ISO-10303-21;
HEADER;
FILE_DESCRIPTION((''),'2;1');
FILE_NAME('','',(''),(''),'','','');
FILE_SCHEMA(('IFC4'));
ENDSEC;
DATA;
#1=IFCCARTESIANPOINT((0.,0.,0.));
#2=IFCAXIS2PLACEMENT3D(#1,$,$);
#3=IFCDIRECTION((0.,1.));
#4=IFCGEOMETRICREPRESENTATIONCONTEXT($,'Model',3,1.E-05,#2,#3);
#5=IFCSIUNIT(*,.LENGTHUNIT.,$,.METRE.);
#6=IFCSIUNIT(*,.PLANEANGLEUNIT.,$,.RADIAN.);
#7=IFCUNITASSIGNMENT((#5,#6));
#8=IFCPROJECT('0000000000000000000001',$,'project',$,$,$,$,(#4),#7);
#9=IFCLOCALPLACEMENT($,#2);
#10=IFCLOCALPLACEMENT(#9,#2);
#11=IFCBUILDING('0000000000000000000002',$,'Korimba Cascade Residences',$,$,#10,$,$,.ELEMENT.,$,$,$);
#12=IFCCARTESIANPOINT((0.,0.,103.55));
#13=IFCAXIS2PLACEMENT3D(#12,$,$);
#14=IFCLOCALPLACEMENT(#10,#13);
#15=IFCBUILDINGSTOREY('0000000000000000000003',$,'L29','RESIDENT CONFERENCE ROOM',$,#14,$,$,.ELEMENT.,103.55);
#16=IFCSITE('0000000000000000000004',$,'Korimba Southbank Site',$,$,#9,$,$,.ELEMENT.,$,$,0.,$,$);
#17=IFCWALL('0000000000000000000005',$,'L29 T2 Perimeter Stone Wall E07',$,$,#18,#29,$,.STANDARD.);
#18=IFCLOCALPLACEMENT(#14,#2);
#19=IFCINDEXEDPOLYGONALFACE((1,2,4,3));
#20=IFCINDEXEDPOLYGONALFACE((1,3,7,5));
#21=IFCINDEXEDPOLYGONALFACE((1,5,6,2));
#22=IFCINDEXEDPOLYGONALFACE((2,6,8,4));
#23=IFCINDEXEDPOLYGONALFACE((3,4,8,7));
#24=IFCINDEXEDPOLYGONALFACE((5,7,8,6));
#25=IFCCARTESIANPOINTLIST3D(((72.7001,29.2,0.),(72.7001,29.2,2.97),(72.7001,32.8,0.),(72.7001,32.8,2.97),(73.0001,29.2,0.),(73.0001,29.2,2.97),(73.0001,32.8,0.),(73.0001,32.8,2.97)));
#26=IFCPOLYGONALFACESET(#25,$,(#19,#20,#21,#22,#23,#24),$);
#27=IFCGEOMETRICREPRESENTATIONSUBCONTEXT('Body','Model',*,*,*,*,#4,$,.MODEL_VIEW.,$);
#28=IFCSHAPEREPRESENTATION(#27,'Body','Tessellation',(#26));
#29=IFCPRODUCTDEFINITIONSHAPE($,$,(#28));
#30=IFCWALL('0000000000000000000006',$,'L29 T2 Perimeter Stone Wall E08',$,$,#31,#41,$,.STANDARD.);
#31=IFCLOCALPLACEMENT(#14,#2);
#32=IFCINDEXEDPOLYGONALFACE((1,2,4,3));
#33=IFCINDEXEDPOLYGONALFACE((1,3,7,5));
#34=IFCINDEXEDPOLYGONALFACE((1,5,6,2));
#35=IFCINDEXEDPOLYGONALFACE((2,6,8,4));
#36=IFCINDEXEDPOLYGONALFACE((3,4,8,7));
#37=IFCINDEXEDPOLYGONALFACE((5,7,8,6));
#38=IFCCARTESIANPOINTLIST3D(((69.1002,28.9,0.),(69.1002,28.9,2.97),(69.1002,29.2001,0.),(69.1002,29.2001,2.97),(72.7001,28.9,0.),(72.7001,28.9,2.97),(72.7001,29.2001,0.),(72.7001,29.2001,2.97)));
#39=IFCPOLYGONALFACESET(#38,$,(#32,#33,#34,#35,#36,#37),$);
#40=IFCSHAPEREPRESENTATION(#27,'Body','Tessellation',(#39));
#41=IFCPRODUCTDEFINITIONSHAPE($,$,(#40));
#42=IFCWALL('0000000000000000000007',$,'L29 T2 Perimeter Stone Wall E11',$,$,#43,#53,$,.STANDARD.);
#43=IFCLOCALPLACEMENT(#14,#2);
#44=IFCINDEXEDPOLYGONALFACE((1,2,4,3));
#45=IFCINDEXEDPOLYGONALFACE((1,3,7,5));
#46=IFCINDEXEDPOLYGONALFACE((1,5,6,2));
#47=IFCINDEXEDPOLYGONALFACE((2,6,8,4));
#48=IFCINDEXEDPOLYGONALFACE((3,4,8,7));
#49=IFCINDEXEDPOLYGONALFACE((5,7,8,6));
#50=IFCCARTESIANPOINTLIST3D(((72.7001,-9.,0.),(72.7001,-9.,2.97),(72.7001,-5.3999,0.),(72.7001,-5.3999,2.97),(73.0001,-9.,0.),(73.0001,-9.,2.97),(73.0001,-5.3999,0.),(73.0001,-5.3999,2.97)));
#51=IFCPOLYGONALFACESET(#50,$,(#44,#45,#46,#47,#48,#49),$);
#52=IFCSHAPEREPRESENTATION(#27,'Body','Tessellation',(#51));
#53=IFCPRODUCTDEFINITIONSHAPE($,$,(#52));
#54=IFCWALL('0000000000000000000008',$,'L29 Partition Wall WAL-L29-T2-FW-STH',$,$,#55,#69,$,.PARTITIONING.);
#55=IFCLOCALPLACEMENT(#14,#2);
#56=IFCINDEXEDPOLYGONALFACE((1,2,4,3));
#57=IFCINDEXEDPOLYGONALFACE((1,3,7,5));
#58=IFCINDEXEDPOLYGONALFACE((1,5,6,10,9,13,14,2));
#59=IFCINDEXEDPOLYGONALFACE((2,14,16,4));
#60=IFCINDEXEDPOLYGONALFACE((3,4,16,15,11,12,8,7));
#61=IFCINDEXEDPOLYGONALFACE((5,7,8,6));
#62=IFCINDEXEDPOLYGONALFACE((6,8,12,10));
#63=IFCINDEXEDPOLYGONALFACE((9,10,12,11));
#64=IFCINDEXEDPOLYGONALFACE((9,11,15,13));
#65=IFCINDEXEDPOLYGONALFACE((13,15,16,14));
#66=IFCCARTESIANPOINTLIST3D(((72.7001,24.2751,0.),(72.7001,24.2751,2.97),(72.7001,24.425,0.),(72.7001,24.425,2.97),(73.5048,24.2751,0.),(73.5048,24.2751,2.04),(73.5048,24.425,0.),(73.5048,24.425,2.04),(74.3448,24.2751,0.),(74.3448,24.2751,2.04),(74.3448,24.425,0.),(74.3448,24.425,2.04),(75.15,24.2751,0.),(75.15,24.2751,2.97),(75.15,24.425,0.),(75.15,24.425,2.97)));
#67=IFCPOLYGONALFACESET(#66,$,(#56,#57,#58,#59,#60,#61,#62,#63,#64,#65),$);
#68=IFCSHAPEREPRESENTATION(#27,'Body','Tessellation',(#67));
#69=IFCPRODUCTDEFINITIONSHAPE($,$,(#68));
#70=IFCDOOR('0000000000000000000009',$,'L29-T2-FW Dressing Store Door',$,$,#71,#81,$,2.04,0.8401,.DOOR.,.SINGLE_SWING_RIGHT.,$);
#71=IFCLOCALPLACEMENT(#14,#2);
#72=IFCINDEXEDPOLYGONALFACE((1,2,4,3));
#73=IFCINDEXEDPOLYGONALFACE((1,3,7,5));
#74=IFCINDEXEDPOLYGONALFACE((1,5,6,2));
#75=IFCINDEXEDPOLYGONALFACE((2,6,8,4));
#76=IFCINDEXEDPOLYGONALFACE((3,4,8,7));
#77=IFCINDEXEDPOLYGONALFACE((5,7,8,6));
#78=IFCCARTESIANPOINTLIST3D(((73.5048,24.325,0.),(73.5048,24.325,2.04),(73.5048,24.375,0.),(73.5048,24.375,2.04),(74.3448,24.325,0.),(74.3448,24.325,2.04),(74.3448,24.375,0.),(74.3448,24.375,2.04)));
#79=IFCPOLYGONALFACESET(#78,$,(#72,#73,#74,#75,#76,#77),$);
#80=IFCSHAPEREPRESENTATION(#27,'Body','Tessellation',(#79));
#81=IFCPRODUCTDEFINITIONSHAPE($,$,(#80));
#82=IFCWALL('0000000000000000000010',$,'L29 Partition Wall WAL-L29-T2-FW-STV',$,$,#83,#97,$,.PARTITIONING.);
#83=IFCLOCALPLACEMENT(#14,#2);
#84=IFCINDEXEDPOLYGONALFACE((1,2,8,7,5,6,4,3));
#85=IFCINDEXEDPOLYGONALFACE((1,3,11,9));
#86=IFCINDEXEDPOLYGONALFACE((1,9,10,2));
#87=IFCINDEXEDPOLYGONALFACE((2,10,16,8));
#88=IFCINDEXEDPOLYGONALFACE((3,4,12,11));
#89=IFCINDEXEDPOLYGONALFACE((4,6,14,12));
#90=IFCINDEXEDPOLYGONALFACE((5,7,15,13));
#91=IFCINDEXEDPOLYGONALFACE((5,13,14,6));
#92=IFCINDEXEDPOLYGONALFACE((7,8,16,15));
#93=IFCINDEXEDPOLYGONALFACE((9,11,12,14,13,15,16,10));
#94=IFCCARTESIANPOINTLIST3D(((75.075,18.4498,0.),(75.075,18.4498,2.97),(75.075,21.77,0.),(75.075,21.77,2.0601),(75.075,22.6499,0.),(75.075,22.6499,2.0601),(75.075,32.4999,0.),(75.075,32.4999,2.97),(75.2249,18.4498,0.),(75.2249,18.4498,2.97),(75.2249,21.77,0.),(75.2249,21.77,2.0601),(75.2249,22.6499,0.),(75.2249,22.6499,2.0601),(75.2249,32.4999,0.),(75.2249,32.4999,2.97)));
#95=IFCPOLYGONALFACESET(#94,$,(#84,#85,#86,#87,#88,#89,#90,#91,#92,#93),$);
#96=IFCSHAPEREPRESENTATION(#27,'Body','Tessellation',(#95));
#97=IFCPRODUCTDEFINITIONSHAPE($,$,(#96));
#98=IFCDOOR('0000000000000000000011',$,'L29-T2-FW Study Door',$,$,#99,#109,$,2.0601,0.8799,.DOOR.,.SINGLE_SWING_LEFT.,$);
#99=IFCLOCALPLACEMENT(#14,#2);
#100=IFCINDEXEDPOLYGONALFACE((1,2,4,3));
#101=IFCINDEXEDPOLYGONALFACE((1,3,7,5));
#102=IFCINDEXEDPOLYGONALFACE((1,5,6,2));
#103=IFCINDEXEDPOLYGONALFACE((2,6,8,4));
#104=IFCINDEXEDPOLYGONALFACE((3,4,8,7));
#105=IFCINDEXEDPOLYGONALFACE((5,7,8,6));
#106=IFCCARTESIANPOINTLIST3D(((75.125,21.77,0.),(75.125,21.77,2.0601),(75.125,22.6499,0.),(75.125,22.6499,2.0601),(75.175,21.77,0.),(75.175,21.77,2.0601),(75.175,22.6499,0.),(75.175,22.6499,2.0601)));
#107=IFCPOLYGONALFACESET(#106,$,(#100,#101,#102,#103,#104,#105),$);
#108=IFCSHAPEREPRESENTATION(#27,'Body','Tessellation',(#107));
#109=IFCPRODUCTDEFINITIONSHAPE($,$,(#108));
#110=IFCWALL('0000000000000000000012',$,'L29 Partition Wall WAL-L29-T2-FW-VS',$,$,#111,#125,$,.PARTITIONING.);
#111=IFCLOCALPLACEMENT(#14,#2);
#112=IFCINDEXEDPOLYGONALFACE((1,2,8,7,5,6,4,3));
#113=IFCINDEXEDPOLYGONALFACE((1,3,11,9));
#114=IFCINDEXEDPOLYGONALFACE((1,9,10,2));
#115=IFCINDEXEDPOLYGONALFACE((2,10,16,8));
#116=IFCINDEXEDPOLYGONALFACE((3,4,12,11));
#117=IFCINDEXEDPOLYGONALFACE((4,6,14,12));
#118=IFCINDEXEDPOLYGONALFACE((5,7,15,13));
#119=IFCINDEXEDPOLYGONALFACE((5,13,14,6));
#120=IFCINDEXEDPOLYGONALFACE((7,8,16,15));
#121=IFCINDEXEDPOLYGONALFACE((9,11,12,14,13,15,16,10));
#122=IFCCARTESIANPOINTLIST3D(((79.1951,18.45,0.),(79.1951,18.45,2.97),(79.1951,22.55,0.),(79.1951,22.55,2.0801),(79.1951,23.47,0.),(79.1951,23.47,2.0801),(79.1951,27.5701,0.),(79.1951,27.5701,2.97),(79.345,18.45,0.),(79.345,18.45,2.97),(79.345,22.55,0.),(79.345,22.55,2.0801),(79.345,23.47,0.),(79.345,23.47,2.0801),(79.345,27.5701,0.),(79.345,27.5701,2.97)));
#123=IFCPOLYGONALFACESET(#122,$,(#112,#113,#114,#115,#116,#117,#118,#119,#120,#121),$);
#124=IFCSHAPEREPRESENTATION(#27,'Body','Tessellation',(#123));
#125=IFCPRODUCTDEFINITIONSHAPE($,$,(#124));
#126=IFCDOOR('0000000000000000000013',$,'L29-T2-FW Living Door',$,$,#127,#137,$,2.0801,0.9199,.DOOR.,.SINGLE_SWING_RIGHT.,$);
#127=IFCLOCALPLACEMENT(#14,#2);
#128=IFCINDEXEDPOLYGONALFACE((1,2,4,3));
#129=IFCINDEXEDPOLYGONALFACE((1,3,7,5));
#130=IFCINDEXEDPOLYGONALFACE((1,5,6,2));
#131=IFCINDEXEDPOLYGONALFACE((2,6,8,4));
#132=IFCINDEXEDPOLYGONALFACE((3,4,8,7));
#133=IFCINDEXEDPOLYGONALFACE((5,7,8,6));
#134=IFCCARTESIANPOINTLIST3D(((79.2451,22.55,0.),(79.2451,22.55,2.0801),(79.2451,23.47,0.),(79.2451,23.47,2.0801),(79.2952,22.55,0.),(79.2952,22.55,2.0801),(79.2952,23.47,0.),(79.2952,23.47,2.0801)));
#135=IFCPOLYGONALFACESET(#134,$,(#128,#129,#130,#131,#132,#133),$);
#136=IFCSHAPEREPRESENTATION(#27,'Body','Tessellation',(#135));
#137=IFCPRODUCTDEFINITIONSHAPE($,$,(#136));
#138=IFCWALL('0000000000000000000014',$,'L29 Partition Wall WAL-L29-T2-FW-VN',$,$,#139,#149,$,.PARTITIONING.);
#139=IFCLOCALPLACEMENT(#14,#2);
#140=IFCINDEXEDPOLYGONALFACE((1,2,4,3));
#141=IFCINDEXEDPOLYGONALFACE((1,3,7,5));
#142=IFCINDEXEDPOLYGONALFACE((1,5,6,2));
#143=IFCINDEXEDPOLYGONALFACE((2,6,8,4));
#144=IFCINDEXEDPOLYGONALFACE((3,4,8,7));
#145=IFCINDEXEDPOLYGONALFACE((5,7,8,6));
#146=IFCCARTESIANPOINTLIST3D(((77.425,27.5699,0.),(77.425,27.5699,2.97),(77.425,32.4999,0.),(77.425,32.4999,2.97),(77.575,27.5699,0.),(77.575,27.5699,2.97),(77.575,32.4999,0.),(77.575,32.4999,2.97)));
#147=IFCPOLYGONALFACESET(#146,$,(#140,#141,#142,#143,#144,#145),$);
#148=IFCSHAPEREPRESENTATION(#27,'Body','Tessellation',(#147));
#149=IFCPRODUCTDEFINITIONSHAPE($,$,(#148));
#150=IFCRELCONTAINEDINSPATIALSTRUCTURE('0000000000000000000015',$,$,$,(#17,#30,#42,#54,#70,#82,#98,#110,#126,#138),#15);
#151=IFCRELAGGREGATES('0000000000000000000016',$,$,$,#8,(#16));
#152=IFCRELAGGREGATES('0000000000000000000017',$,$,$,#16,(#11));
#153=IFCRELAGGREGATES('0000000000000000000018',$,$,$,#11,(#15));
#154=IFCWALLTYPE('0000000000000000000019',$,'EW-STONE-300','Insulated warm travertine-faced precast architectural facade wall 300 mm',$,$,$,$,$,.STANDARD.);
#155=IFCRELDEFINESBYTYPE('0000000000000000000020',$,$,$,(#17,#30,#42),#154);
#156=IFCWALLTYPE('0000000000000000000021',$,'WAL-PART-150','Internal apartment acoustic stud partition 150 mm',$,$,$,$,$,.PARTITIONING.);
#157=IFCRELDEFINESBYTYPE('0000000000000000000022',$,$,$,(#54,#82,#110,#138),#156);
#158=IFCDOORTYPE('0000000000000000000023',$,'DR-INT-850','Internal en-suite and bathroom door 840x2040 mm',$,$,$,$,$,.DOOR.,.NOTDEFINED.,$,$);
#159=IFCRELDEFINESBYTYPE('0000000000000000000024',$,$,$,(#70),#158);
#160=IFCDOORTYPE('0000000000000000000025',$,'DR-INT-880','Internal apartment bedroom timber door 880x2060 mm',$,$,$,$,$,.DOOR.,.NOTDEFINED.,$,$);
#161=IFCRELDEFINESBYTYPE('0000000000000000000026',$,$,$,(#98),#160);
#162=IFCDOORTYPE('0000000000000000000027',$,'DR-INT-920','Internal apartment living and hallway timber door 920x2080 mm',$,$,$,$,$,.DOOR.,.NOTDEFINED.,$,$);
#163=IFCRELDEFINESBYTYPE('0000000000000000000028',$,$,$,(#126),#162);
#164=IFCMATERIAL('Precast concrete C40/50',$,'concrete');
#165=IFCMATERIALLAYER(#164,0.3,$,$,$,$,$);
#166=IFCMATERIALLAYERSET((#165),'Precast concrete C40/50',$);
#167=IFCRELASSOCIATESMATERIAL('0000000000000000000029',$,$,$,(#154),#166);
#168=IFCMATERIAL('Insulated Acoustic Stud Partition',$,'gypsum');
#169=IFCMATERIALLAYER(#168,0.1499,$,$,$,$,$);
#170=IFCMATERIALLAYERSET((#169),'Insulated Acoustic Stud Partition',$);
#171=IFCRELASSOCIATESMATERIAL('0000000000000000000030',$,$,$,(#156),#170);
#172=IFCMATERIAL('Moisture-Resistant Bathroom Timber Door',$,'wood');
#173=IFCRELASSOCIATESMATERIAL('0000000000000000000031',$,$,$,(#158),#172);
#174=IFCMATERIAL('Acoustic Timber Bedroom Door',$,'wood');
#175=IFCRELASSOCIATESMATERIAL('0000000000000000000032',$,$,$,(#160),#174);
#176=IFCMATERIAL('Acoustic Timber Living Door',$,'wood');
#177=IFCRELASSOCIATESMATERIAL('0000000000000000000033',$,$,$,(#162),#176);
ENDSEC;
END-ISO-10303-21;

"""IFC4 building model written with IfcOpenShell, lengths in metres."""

from ifc_helpers import new_model, si_unit, direction, frame, frame_2d, origin, place, context, subcontext, project, spatial, rectangle, extrude, material, layer, layer_set, type_object, element, fill, save


model = new_model("IFC4")

# Units and contexts
model_context = context("Model", 3, precision=1e-05, world=origin(), true_north=direction((0.0, 1.0)))
body_context = subcontext(model_context, "Body", "Model", "MODEL_VIEW")
ifc_project = project(units=[si_unit("LENGTHUNIT", "METRE"), si_unit("PLANEANGLEUNIT", "RADIAN")], contexts=[model_context])

# Site, building, storey
site_placement = place(None, origin())
site = spatial("IfcSite", under=ifc_project, at=site_placement, Name="Korimba Southbank Site", CompositionType="ELEMENT", RefElevation=0.0)
building_placement = place(site_placement, origin())
building = spatial("IfcBuilding", under=site, at=building_placement, Name="Korimba Cascade Residences", CompositionType="ELEMENT")
storey_placement = place(building_placement, frame((0.0, 0.0, 103.55)))
storey = spatial("IfcBuildingStorey", under=building, at=storey_placement, Name="L29", Description="RESIDENT CONFERENCE ROOM", CompositionType="ELEMENT", Elevation=103.55)

# Walls
ifc_material_1 = material(Name="Precast concrete C40/50", Category="concrete")
ifc_layer_1 = layer(ifc_material_1, 0.3)
ifc_layer_set_1 = layer_set([ifc_layer_1], Name="Precast concrete C40/50")
wall_type_1 = type_object("IfcWallType", Name="EW-STONE-300", Description="Insulated warm travertine-faced precast architectural facade wall 300 mm", PredefinedType="STANDARD", material=ifc_layer_set_1)
wall_1_placement = place(storey_placement, frame((72.8501, 32.8, 0.0), z_axis=(0.0, 0.0, 1.0), x_axis=(0.0, -1.0, 0.0)))
element("IfcWall", 1, at=wall_1_placement, inside=storey, type_object=wall_type_1, Name="L29 T2 Perimeter Stone Wall E07", PredefinedType="STANDARD", context=body_context, shape_type="SweptSolid", body=[
    extrude(rectangle(XDim=3.6001, YDim=0.3, at=frame_2d((1.8, 0.0))), origin(), (0.0, 0.0, 1.0), 2.97),
])
wall_2_placement = place(storey_placement, frame((72.7, 29.05, 0.0), z_axis=(0.0, 0.0, 1.0), x_axis=(-1.0, 0.0, 0.0)))
element("IfcWall", 2, at=wall_2_placement, inside=storey, type_object=wall_type_1, Name="L29 T2 Perimeter Stone Wall E08", PredefinedType="STANDARD", context=body_context, shape_type="SweptSolid", body=[
    extrude(rectangle(XDim=3.5999, YDim=0.3, at=frame_2d((1.7998, 0.0))), origin(), (0.0, 0.0, 1.0), 2.97),
])
wall_3_placement = place(storey_placement, frame((72.8501, -5.3999, 0.0), z_axis=(0.0, 0.0, 1.0), x_axis=(0.0, -1.0, 0.0)))
element("IfcWall", 3, at=wall_3_placement, inside=storey, type_object=wall_type_1, Name="L29 T2 Perimeter Stone Wall E11", PredefinedType="STANDARD", context=body_context, shape_type="SweptSolid", body=[
    extrude(rectangle(XDim=3.6001, YDim=0.3, at=frame_2d((1.8, 0.0))), origin(), (0.0, 0.0, 1.0), 2.97),
])

# Walls, openings, doors
ifc_material_2 = material(Name="Insulated Acoustic Stud Partition", Category="gypsum")
ifc_layer_2 = layer(ifc_material_2, 0.1499)
ifc_layer_set_2 = layer_set([ifc_layer_2], Name="Insulated Acoustic Stud Partition")
wall_type_2 = type_object("IfcWallType", Name="WAL-PART-150", Description="Internal apartment acoustic stud partition 150 mm", PredefinedType="PARTITIONING", material=ifc_layer_set_2)
wall_4_placement = place(storey_placement, frame((72.7, 24.3501, 0.0), z_axis=(0.0, 0.0, 1.0), x_axis=(1.0, 0.0, 0.0)))
wall_4 = element("IfcWall", 4, at=wall_4_placement, inside=storey, type_object=wall_type_2, Name="L29 Partition Wall WAL-L29-T2-FW-STH", PredefinedType="PARTITIONING", context=body_context, shape_type="SweptSolid", body=[
    extrude(rectangle(XDim=2.45, YDim=0.1499, at=frame_2d((1.2251, 0.0))), origin(), (0.0, 0.0, 1.0), 2.97),
])
opening_1_placement = place(wall_4_placement, frame((0.8049, 0.0, 0.0)))
opening_1 = element("IfcOpeningElement", 5, at=opening_1_placement, cuts=wall_4, PredefinedType="OPENING", context=body_context, shape_type="SweptSolid", body=[
    extrude(rectangle(XDim=0.8401, YDim=2.04, at=frame_2d((0.4199, 1.02))), frame((0.0, 0.085, 0.0), z_axis=(0.0, -1.0, 0.0), x_axis=(1.0, 0.0, 0.0)), (0.0, 0.0, 1.0), 0.1699),
])
ifc_material_3 = material(Name="Moisture-Resistant Bathroom Timber Door", Category="wood")
door_type_1 = type_object("IfcDoorType", Name="DR-INT-850", Description="Internal en-suite and bathroom door 840x2040 mm", OperationType="NOTDEFINED", PredefinedType="DOOR", material=ifc_material_3)
door_1_placement = place(opening_1_placement, origin())
door_1 = element("IfcDoor", 6, at=door_1_placement, inside=storey, type_object=door_type_1, Name="L29-T2-FW Dressing Store Door", OperationType="SINGLE_SWING_RIGHT", OverallHeight=2.04, OverallWidth=0.8401, PredefinedType="DOOR", context=body_context, shape_type="SweptSolid", body=[
    extrude(rectangle(XDim=0.8401, YDim=2.04, at=frame_2d((0.4199, 1.02))), frame((0.0, 0.0249, 0.0), z_axis=(0.0, -1.0, 0.0), x_axis=(1.0, 0.0, 0.0)), (0.0, 0.0, 1.0), 0.05),
])
fill(opening_1, door_1)
wall_5_placement = place(storey_placement, frame((75.1499, 18.45, 0.0), z_axis=(0.0, 0.0, 1.0), x_axis=(0.0, 1.0, 0.0)))
wall_5 = element("IfcWall", 7, at=wall_5_placement, inside=storey, type_object=wall_type_2, Name="L29 Partition Wall WAL-L29-T2-FW-STV", PredefinedType="PARTITIONING", context=body_context, shape_type="SweptSolid", body=[
    extrude(rectangle(XDim=14.05, YDim=0.1499, at=frame_2d((7.0249, 0.0))), origin(), (0.0, 0.0, 1.0), 2.97),
])
opening_2_placement = place(wall_5_placement, frame((3.3201, 0.0, 0.0)))
opening_2 = element("IfcOpeningElement", 8, at=opening_2_placement, cuts=wall_5, PredefinedType="OPENING", context=body_context, shape_type="SweptSolid", body=[
    extrude(rectangle(XDim=0.8799, YDim=2.0601, at=frame_2d((0.4399, 1.03))), frame((0.0, 0.085, 0.0), z_axis=(0.0, -1.0, 0.0), x_axis=(1.0, 0.0, 0.0)), (0.0, 0.0, 1.0), 0.1699),
])
ifc_material_4 = material(Name="Acoustic Timber Bedroom Door", Category="wood")
door_type_2 = type_object("IfcDoorType", Name="DR-INT-880", Description="Internal apartment bedroom timber door 880x2060 mm", OperationType="NOTDEFINED", PredefinedType="DOOR", material=ifc_material_4)
door_2_placement = place(opening_2_placement, origin())
door_2 = element("IfcDoor", 9, at=door_2_placement, inside=storey, type_object=door_type_2, Name="L29-T2-FW Study Door", OperationType="SINGLE_SWING_LEFT", OverallHeight=2.0601, OverallWidth=0.8799, PredefinedType="DOOR", context=body_context, shape_type="SweptSolid", body=[
    extrude(rectangle(XDim=0.8799, YDim=2.0601, at=frame_2d((0.4399, 1.03))), frame((0.0, 0.0249, 0.0), z_axis=(0.0, -1.0, 0.0), x_axis=(1.0, 0.0, 0.0)), (0.0, 0.0, 1.0), 0.05),
])
fill(opening_2, door_2)
wall_6_placement = place(storey_placement, frame((79.27, 18.45, 0.0), z_axis=(0.0, 0.0, 1.0), x_axis=(0.0, 1.0, 0.0)))
wall_6 = element("IfcWall", 10, at=wall_6_placement, inside=storey, type_object=wall_type_2, Name="L29 Partition Wall WAL-L29-T2-FW-VS", PredefinedType="PARTITIONING", context=body_context, shape_type="SweptSolid", body=[
    extrude(rectangle(XDim=9.1201, YDim=0.1499, at=frame_2d((4.5601, 0.0))), origin(), (0.0, 0.0, 1.0), 2.97),
])
opening_3_placement = place(wall_6_placement, frame((4.1001, 0.0, 0.0)))
opening_3 = element("IfcOpeningElement", 11, at=opening_3_placement, cuts=wall_6, PredefinedType="OPENING", context=body_context, shape_type="SweptSolid", body=[
    extrude(rectangle(XDim=0.9199, YDim=2.0801, at=frame_2d((0.46, 1.04))), frame((0.0, 0.085, 0.0), z_axis=(0.0, -1.0, 0.0), x_axis=(1.0, 0.0, 0.0)), (0.0, 0.0, 1.0), 0.1699),
])
ifc_material_5 = material(Name="Acoustic Timber Living Door", Category="wood")
door_type_3 = type_object("IfcDoorType", Name="DR-INT-920", Description="Internal apartment living and hallway timber door 920x2080 mm", OperationType="NOTDEFINED", PredefinedType="DOOR", material=ifc_material_5)
door_3_placement = place(opening_3_placement, origin())
door_3 = element("IfcDoor", 12, at=door_3_placement, inside=storey, type_object=door_type_3, Name="L29-T2-FW Living Door", OperationType="SINGLE_SWING_RIGHT", OverallHeight=2.0801, OverallWidth=0.9199, PredefinedType="DOOR", context=body_context, shape_type="SweptSolid", body=[
    extrude(rectangle(XDim=0.9199, YDim=2.0801, at=frame_2d((0.46, 1.04))), frame((0.0, 0.0249, 0.0), z_axis=(0.0, -1.0, 0.0), x_axis=(1.0, 0.0, 0.0)), (0.0, 0.0, 1.0), 0.05),
])
fill(opening_3, door_3)

# Wall
wall_7_placement = place(storey_placement, frame((77.5, 27.5701, 0.0), z_axis=(0.0, 0.0, 1.0), x_axis=(0.0, 1.0, 0.0)))
element("IfcWall", 13, at=wall_7_placement, inside=storey, type_object=wall_type_2, Name="L29 Partition Wall WAL-L29-T2-FW-VN", PredefinedType="PARTITIONING", context=body_context, shape_type="SweptSolid", body=[
    extrude(rectangle(XDim=4.9299, YDim=0.1499, at=frame_2d((2.4648, 0.0))), origin(), (0.0, 0.0, 1.0), 2.97),
])

save(model, "model.ifc")
